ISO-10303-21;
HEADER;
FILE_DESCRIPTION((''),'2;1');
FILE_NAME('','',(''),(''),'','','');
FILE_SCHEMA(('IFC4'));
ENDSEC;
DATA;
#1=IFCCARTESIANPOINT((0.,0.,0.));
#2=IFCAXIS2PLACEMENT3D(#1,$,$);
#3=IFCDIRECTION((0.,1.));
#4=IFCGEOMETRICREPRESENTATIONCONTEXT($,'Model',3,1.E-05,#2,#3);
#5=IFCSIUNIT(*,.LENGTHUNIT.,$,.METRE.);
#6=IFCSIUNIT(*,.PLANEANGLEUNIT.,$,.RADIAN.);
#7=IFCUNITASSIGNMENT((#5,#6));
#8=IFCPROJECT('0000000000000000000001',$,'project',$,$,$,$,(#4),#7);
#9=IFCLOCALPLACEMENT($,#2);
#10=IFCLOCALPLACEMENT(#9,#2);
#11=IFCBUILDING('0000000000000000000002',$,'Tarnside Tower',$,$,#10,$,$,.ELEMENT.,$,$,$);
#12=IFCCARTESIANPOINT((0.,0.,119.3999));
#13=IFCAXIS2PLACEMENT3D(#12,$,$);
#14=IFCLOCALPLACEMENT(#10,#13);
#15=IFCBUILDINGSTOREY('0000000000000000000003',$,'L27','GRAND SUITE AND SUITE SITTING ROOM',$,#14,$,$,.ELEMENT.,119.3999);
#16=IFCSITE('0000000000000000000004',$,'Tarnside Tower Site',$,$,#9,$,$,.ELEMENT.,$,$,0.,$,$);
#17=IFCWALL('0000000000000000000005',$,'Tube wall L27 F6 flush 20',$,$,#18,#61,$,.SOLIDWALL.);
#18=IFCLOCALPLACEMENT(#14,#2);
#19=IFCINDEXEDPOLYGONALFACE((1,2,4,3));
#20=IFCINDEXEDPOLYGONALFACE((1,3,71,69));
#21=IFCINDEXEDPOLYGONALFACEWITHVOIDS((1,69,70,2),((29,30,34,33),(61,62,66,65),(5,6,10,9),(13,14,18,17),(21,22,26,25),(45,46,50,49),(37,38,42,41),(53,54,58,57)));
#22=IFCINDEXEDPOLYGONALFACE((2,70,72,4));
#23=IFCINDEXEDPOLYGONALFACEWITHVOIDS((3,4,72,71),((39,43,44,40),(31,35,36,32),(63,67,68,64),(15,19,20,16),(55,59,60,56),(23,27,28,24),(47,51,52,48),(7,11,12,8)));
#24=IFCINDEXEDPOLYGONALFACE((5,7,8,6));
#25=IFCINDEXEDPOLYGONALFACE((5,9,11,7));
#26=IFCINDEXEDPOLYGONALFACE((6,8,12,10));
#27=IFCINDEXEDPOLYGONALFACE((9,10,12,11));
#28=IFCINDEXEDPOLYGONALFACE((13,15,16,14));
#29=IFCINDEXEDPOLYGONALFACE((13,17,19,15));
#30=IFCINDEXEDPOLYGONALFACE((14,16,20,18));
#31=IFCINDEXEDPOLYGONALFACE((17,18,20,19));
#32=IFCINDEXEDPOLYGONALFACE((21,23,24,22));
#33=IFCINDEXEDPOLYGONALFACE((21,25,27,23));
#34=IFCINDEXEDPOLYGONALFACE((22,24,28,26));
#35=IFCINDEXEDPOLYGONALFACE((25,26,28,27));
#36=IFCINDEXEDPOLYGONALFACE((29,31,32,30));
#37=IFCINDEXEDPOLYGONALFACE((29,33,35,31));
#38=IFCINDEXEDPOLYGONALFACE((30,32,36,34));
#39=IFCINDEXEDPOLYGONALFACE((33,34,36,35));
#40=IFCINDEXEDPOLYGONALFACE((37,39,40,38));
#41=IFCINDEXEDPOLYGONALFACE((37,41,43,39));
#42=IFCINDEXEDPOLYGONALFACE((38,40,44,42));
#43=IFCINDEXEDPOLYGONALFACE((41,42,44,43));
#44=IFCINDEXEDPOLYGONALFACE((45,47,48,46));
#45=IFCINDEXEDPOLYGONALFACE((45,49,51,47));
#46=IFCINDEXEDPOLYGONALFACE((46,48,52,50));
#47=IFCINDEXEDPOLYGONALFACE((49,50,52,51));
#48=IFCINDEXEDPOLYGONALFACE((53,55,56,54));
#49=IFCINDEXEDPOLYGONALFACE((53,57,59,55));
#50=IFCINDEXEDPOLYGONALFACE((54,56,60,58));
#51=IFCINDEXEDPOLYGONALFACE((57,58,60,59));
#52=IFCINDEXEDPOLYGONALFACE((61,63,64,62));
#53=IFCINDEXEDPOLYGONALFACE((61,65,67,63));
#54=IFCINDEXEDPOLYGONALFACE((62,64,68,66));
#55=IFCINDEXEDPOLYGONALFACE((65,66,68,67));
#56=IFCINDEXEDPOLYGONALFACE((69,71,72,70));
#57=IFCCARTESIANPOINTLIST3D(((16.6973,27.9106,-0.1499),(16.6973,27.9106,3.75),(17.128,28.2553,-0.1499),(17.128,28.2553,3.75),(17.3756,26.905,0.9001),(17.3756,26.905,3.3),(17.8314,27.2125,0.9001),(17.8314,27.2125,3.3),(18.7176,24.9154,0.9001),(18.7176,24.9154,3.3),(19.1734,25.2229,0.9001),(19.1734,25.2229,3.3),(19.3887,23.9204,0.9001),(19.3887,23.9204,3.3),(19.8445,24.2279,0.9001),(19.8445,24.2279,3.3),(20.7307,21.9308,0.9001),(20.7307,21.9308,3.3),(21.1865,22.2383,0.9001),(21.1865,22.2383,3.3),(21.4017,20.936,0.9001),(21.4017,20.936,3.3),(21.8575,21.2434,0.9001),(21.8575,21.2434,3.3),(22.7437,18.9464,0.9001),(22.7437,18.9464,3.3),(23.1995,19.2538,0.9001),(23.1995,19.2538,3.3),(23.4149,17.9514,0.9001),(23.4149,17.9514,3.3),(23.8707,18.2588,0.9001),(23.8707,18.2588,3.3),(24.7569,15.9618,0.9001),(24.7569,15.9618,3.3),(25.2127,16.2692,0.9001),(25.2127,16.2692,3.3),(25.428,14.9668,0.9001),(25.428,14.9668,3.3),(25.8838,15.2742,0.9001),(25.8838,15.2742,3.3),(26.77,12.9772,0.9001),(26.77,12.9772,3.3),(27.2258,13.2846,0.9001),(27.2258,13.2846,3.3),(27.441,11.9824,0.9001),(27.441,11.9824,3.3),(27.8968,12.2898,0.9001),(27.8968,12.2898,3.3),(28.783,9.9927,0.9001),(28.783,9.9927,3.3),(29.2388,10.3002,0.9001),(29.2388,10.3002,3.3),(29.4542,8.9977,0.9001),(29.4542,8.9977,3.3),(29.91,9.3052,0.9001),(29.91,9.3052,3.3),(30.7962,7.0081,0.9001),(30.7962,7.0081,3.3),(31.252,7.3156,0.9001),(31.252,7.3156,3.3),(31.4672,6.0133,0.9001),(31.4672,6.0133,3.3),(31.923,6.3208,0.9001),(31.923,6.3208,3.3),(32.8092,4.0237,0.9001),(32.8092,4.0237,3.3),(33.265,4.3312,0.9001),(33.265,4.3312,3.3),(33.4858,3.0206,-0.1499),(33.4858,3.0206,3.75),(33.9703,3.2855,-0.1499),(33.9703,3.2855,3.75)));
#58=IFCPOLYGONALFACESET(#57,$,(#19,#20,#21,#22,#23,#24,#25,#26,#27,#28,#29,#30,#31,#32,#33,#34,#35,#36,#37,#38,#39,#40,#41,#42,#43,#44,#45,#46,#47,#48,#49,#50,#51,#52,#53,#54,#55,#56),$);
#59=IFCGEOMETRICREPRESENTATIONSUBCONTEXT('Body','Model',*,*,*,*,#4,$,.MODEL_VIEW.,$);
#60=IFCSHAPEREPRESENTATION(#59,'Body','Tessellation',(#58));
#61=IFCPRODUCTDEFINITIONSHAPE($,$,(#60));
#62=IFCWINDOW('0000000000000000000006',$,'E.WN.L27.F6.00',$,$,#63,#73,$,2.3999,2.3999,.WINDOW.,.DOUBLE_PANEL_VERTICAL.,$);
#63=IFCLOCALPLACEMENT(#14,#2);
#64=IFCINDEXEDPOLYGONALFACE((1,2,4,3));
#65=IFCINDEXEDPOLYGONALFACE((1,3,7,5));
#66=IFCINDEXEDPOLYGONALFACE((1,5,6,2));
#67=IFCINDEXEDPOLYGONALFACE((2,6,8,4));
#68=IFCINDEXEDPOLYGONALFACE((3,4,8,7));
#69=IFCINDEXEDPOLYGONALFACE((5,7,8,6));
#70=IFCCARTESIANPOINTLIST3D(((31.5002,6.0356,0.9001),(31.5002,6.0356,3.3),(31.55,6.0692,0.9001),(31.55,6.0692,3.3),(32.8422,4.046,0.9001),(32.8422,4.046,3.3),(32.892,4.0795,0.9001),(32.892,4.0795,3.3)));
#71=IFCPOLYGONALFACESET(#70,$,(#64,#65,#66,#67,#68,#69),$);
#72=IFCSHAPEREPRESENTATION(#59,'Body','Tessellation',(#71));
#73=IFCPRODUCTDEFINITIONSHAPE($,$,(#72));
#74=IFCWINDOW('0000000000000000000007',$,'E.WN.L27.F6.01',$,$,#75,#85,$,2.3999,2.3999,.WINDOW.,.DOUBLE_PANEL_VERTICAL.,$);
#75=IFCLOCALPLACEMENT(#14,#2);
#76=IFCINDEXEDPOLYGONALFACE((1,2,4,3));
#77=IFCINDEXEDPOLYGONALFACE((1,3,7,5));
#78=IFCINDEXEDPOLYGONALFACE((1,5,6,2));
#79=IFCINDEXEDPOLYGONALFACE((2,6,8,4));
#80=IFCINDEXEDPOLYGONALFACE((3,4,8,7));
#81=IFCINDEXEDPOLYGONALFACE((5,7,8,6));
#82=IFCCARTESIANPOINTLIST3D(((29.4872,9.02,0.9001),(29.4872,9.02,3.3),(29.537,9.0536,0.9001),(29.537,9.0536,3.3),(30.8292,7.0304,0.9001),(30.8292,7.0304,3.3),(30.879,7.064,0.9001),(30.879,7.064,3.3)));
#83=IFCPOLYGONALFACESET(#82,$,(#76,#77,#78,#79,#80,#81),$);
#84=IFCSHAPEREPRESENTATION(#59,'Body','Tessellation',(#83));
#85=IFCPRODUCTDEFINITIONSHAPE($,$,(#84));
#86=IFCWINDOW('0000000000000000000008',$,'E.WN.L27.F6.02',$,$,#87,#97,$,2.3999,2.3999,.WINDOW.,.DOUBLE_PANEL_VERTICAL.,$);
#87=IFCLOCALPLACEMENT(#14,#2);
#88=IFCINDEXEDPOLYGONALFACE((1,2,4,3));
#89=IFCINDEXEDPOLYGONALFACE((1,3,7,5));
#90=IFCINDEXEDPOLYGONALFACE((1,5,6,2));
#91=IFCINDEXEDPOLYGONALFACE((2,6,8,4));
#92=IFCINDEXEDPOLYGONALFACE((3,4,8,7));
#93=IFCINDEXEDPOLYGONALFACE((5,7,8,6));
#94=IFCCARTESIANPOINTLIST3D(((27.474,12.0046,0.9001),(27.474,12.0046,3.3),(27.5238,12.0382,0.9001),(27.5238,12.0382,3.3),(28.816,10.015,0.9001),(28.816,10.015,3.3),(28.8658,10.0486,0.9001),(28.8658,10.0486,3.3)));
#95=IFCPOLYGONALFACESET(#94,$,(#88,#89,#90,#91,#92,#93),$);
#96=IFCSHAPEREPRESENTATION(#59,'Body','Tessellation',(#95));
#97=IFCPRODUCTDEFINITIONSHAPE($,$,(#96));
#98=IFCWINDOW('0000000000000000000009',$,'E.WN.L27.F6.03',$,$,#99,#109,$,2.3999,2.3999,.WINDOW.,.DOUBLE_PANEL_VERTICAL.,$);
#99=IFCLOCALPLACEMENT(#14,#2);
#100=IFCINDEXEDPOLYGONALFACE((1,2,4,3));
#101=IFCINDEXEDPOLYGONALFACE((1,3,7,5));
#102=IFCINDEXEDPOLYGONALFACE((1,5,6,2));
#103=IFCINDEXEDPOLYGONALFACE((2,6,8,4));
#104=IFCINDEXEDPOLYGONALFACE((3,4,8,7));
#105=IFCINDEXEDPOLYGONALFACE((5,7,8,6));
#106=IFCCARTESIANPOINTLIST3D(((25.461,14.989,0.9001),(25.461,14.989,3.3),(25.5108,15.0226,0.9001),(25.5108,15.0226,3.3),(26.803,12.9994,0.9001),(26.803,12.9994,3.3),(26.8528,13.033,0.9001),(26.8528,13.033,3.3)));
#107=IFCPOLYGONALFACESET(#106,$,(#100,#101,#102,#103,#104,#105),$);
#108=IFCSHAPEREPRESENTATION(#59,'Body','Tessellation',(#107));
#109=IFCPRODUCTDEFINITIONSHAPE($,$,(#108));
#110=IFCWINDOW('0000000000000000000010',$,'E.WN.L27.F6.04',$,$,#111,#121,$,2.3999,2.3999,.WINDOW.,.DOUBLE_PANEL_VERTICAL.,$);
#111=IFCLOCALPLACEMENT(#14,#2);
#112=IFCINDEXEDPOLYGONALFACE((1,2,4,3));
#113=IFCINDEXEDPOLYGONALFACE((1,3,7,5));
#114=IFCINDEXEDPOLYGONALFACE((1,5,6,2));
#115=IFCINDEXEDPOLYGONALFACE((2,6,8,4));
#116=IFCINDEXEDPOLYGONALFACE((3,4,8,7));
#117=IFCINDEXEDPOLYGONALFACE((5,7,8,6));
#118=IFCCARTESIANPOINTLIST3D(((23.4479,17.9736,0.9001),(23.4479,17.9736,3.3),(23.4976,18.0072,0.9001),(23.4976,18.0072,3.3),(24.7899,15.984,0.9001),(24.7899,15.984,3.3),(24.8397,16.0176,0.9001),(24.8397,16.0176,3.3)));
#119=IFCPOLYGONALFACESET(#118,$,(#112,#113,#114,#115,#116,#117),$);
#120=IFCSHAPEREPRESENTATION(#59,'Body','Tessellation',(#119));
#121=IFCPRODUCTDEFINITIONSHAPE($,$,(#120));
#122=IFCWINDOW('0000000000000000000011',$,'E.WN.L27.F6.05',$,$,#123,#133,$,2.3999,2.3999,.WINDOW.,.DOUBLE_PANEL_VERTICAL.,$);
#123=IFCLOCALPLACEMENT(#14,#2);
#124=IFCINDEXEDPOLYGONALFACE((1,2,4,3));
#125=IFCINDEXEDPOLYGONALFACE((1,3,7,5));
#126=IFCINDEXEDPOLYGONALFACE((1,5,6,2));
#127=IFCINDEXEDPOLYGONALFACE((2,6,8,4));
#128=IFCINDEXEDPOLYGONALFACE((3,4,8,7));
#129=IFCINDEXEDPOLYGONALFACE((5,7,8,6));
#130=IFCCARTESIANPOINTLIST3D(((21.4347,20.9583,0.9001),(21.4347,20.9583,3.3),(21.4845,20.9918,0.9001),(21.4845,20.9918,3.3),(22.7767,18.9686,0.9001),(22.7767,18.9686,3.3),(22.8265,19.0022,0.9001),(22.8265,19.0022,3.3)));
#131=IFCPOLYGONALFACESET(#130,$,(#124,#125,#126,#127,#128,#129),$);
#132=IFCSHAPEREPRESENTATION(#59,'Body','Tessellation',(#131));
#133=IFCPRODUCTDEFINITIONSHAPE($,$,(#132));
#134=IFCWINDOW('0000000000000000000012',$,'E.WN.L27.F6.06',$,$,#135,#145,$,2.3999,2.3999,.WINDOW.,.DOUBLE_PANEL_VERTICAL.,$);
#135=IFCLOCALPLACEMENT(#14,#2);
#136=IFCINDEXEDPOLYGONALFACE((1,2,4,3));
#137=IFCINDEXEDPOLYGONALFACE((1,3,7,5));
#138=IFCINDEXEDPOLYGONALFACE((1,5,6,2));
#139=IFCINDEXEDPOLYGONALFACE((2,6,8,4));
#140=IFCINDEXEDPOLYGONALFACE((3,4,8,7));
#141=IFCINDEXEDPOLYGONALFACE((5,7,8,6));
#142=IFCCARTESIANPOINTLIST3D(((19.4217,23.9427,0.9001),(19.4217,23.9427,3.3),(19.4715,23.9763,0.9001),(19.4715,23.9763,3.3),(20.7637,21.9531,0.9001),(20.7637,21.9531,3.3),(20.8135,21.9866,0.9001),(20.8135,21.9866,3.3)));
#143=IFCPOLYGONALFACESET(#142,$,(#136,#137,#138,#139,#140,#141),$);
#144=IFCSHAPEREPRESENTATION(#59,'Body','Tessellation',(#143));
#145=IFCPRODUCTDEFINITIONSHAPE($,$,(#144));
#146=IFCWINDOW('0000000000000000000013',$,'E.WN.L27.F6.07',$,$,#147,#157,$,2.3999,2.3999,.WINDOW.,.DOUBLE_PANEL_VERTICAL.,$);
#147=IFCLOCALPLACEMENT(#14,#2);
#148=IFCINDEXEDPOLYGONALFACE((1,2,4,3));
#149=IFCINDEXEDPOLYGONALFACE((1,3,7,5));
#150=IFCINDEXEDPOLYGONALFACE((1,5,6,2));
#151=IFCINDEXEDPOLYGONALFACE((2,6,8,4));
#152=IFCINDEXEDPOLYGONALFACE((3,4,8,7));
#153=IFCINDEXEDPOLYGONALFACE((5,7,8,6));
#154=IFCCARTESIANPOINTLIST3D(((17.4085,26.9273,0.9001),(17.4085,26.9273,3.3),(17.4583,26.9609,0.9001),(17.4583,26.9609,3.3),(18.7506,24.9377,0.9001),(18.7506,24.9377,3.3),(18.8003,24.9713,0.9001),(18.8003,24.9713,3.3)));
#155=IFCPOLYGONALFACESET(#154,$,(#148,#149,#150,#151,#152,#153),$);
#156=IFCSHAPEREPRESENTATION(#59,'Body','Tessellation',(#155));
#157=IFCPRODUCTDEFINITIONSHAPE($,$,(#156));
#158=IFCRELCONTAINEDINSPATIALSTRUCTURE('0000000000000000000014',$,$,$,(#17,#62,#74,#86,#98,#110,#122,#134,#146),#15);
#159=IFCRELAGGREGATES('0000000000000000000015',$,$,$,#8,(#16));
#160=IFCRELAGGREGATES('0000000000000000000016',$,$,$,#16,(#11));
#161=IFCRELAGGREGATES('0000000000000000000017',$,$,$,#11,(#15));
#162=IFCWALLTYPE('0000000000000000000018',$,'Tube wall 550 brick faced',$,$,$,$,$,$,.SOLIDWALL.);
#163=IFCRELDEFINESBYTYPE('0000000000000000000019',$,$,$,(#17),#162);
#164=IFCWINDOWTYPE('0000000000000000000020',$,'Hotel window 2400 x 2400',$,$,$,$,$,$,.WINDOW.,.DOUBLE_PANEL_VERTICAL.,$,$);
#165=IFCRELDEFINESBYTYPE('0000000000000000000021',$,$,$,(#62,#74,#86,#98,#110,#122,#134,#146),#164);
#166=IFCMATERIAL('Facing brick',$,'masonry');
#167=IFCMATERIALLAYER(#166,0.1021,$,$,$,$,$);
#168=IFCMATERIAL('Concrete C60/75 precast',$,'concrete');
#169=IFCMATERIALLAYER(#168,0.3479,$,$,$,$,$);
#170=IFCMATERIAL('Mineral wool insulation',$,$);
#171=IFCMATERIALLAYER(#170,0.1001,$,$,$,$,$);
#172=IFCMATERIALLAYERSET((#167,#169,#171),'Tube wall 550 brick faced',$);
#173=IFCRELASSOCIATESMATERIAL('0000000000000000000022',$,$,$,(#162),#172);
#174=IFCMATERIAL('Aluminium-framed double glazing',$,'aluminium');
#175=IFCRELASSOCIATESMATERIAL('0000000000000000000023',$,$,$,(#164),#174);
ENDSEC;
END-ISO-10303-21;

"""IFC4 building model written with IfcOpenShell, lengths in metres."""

from ifc_helpers import new_model, si_unit, direction, frame, frame_2d, origin, place, context, subcontext, project, spatial, polyline, rectangle, outline, extrude, material, layer, layer_set, type_object, element, fill, save


model = new_model("IFC4")

# Units and contexts
model_context = context("Model", 3, precision=1e-05, world=origin(), true_north=direction((0.0, 1.0)))
body_context = subcontext(model_context, "Body", "Model", "MODEL_VIEW")
ifc_project = project(units=[si_unit("LENGTHUNIT", "METRE"), si_unit("PLANEANGLEUNIT", "RADIAN")], contexts=[model_context])

# Site, building, storey
site_placement = place(None, origin())
site = spatial("IfcSite", under=ifc_project, at=site_placement, Name="Tarnside Tower Site", CompositionType="ELEMENT", RefElevation=0.0)
building_placement = place(site_placement, origin())
building = spatial("IfcBuilding", under=site, at=building_placement, Name="Tarnside Tower", CompositionType="ELEMENT")
storey_placement = place(building_placement, frame((0.0, 0.0, 119.3999)))
storey = spatial("IfcBuildingStorey", under=building, at=storey_placement, Name="L27", Description="GRAND SUITE AND SUITE SITTING ROOM", CompositionType="ELEMENT", Elevation=119.3999)

# Shared definitions
ifc_material_1 = material(Name="Facing brick", Category="masonry")
ifc_layer_1 = layer(ifc_material_1, 0.1021)
ifc_material_2 = material(Name="Concrete C60/75 precast", Category="concrete")
ifc_layer_2 = layer(ifc_material_2, 0.3479)
ifc_material_3 = material(Name="Mineral wool insulation")
ifc_layer_3 = layer(ifc_material_3, 0.1001)
ifc_layer_set_1 = layer_set([ifc_layer_1, ifc_layer_2, ifc_layer_3], Name="Tube wall 550 brick faced")
wall_type_1 = type_object("IfcWallType", Name="Tube wall 550 brick faced", PredefinedType="SOLIDWALL", material=ifc_layer_set_1)

# Wall, openings, windows
wall_1_placement = place(storey_placement, frame((33.728, 3.1531, -0.1499), z_axis=(0.0, 0.0, 1.0), x_axis=(-0.559192, 0.829038, 0.0)))
wall_1 = element("IfcWall", 1, at=wall_1_placement, inside=storey, type_object=wall_type_1, Name="Tube wall L27 F6 flush 20", PredefinedType="SOLIDWALL", context=body_context, shape_type="SweptSolid", body=[
    extrude(outline(polyline([(-0.0256, -0.2749), (30.0933, -0.2749), (30.0483, 0.2749), (0.0256, 0.2749), (-0.0256, -0.2749)])), origin(), (0.0, 0.0, 1.0), 3.8999),
])
opening_1_placement = place(wall_1_placement, frame((1.2356, 0.0, 1.05)))
opening_1 = element("IfcOpeningElement", 2, at=opening_1_placement, cuts=wall_1, PredefinedType="OPENING", context=body_context, shape_type="SweptSolid", body=[
    extrude(rectangle(XDim=2.3999, YDim=2.3999, at=frame_2d((1.2, 1.2))), frame((0.0, 0.2852, 0.0), z_axis=(0.0, -1.0, 0.0), x_axis=(1.0, 0.0, 0.0)), (0.0, 0.0, 1.0), 0.5701),
])
opening_2_placement = place(wall_1_placement, frame((4.8354, 0.0, 1.05)))
opening_2 = element("IfcOpeningElement", 3, at=opening_2_placement, cuts=wall_1, PredefinedType="OPENING", context=body_context, shape_type="SweptSolid", body=[
    extrude(rectangle(XDim=2.3999, YDim=2.3999, at=frame_2d((1.2, 1.2))), frame((0.0, 0.2852, 0.0), z_axis=(0.0, -1.0, 0.0), x_axis=(1.0, 0.0, 0.0)), (0.0, 0.0, 1.0), 0.5701),
])
opening_3_placement = place(wall_1_placement, frame((8.4355, 0.0, 1.05)))
opening_3 = element("IfcOpeningElement", 4, at=opening_3_placement, cuts=wall_1, PredefinedType="OPENING", context=body_context, shape_type="SweptSolid", body=[
    extrude(rectangle(XDim=2.3999, YDim=2.3999, at=frame_2d((1.2, 1.2))), frame((0.0, 0.2852, 0.0), z_axis=(0.0, -1.0, 0.0), x_axis=(1.0, 0.0, 0.0)), (0.0, 0.0, 1.0), 0.5701),
])
opening_4_placement = place(wall_1_placement, frame((12.0354, 0.0, 1.05)))
opening_4 = element("IfcOpeningElement", 5, at=opening_4_placement, cuts=wall_1, PredefinedType="OPENING", context=body_context, shape_type="SweptSolid", body=[
    extrude(rectangle(XDim=2.3999, YDim=2.3999, at=frame_2d((1.2, 1.2))), frame((0.0, 0.2852, 0.0), z_axis=(0.0, -1.0, 0.0), x_axis=(1.0, 0.0, 0.0)), (0.0, 0.0, 1.0), 0.5701),
])
opening_5_placement = place(wall_1_placement, frame((15.6355, 0.0, 1.05)))
opening_5 = element("IfcOpeningElement", 6, at=opening_5_placement, cuts=wall_1, PredefinedType="OPENING", context=body_context, shape_type="SweptSolid", body=[
    extrude(rectangle(XDim=2.3999, YDim=2.3999, at=frame_2d((1.2, 1.2))), frame((0.0, 0.2852, 0.0), z_axis=(0.0, -1.0, 0.0), x_axis=(1.0, 0.0, 0.0)), (0.0, 0.0, 1.0), 0.5701),
])
opening_6_placement = place(wall_1_placement, frame((19.2356, 0.0, 1.05)))
opening_6 = element("IfcOpeningElement", 7, at=opening_6_placement, cuts=wall_1, PredefinedType="OPENING", context=body_context, shape_type="SweptSolid", body=[
    extrude(rectangle(XDim=2.3999, YDim=2.3999, at=frame_2d((1.2, 1.2))), frame((0.0, 0.2852, 0.0), z_axis=(0.0, -1.0, 0.0), x_axis=(1.0, 0.0, 0.0)), (0.0, 0.0, 1.0), 0.5701),
])
opening_7_placement = place(wall_1_placement, frame((22.8354, 0.0, 1.05)))
opening_7 = element("IfcOpeningElement", 8, at=opening_7_placement, cuts=wall_1, PredefinedType="OPENING", context=body_context, shape_type="SweptSolid", body=[
    extrude(rectangle(XDim=2.3999, YDim=2.3999, at=frame_2d((1.2, 1.2))), frame((0.0, 0.2852, 0.0), z_axis=(0.0, -1.0, 0.0), x_axis=(1.0, 0.0, 0.0)), (0.0, 0.0, 1.0), 0.5701),
])
opening_8_placement = place(wall_1_placement, frame((26.4355, 0.0, 1.05)))
opening_8 = element("IfcOpeningElement", 9, at=opening_8_placement, cuts=wall_1, PredefinedType="OPENING", context=body_context, shape_type="SweptSolid", body=[
    extrude(rectangle(XDim=2.3999, YDim=2.3999, at=frame_2d((1.2, 1.2))), frame((0.0, 0.2852, 0.0), z_axis=(0.0, -1.0, 0.0), x_axis=(1.0, 0.0, 0.0)), (0.0, 0.0, 1.0), 0.5701),
])
ifc_material_4 = material(Name="Aluminium-framed double glazing", Category="aluminium")
window_type = type_object("IfcWindowType", Name="Hotel window 2400 x 2400", PartitioningType="DOUBLE_PANEL_VERTICAL", PredefinedType="WINDOW", material=ifc_material_4)
window_1_placement = place(opening_1_placement, frame((0.0, 0.2051, 0.0)))
window_1 = element("IfcWindow", 10, at=window_1_placement, inside=storey, type_object=window_type, Name="E.WN.L27.F6.00", OverallHeight=2.3999, OverallWidth=2.3999, PartitioningType="DOUBLE_PANEL_VERTICAL", PredefinedType="WINDOW", context=body_context, shape_type="SweptSolid", body=[
    extrude(rectangle(XDim=2.3999, YDim=2.3999, at=frame_2d((1.2, 1.2))), frame((0.0, 0.03, 0.0), z_axis=(0.0, -1.0, 0.0), x_axis=(1.0, 0.0, 0.0)), (0.0, 0.0, 1.0), 0.0601),
])
fill(opening_1, window_1)
window_2_placement = place(opening_2_placement, frame((0.0, 0.2051, 0.0)))
window_2 = element("IfcWindow", 11, at=window_2_placement, inside=storey, type_object=window_type, Name="E.WN.L27.F6.01", OverallHeight=2.3999, OverallWidth=2.3999, PartitioningType="DOUBLE_PANEL_VERTICAL", PredefinedType="WINDOW", context=body_context, shape_type="SweptSolid", body=[
    extrude(rectangle(XDim=2.3999, YDim=2.3999, at=frame_2d((1.2, 1.2))), frame((0.0, 0.03, 0.0), z_axis=(0.0, -1.0, 0.0), x_axis=(1.0, 0.0, 0.0)), (0.0, 0.0, 1.0), 0.0601),
])
fill(opening_2, window_2)
window_3_placement = place(opening_3_placement, frame((0.0, 0.2051, 0.0)))
window_3 = element("IfcWindow", 12, at=window_3_placement, inside=storey, type_object=window_type, Name="E.WN.L27.F6.02", OverallHeight=2.3999, OverallWidth=2.3999, PartitioningType="DOUBLE_PANEL_VERTICAL", PredefinedType="WINDOW", context=body_context, shape_type="SweptSolid", body=[
    extrude(rectangle(XDim=2.3999, YDim=2.3999, at=frame_2d((1.2, 1.2))), frame((0.0, 0.03, 0.0), z_axis=(0.0, -1.0, 0.0), x_axis=(1.0, 0.0, 0.0)), (0.0, 0.0, 1.0), 0.0601),
])
fill(opening_3, window_3)
window_4_placement = place(opening_4_placement, frame((0.0, 0.2051, 0.0)))
window_4 = element("IfcWindow", 13, at=window_4_placement, inside=storey, type_object=window_type, Name="E.WN.L27.F6.03", OverallHeight=2.3999, OverallWidth=2.3999, PartitioningType="DOUBLE_PANEL_VERTICAL", PredefinedType="WINDOW", context=body_context, shape_type="SweptSolid", body=[
    extrude(rectangle(XDim=2.3999, YDim=2.3999, at=frame_2d((1.2, 1.2))), frame((0.0, 0.03, 0.0), z_axis=(0.0, -1.0, 0.0), x_axis=(1.0, 0.0, 0.0)), (0.0, 0.0, 1.0), 0.0601),
])
fill(opening_4, window_4)
window_5_placement = place(opening_5_placement, frame((0.0, 0.2051, 0.0)))
window_5 = element("IfcWindow", 14, at=window_5_placement, inside=storey, type_object=window_type, Name="E.WN.L27.F6.04", OverallHeight=2.3999, OverallWidth=2.3999, PartitioningType="DOUBLE_PANEL_VERTICAL", PredefinedType="WINDOW", context=body_context, shape_type="SweptSolid", body=[
    extrude(rectangle(XDim=2.3999, YDim=2.3999, at=frame_2d((1.2, 1.2))), frame((0.0, 0.03, 0.0), z_axis=(0.0, -1.0, 0.0), x_axis=(1.0, 0.0, 0.0)), (0.0, 0.0, 1.0), 0.0601),
])
fill(opening_5, window_5)
window_6_placement = place(opening_6_placement, frame((0.0, 0.2051, 0.0)))
window_6 = element("IfcWindow", 15, at=window_6_placement, inside=storey, type_object=window_type, Name="E.WN.L27.F6.05", OverallHeight=2.3999, OverallWidth=2.3999, PartitioningType="DOUBLE_PANEL_VERTICAL", PredefinedType="WINDOW", context=body_context, shape_type="SweptSolid", body=[
    extrude(rectangle(XDim=2.3999, YDim=2.3999, at=frame_2d((1.2, 1.2))), frame((0.0, 0.03, 0.0), z_axis=(0.0, -1.0, 0.0), x_axis=(1.0, 0.0, 0.0)), (0.0, 0.0, 1.0), 0.0601),
])
fill(opening_6, window_6)
window_7_placement = place(opening_7_placement, frame((0.0, 0.2051, 0.0)))
window_7 = element("IfcWindow", 16, at=window_7_placement, inside=storey, type_object=window_type, Name="E.WN.L27.F6.06", OverallHeight=2.3999, OverallWidth=2.3999, PartitioningType="DOUBLE_PANEL_VERTICAL", PredefinedType="WINDOW", context=body_context, shape_type="SweptSolid", body=[
    extrude(rectangle(XDim=2.3999, YDim=2.3999, at=frame_2d((1.2, 1.2))), frame((0.0, 0.03, 0.0), z_axis=(0.0, -1.0, 0.0), x_axis=(1.0, 0.0, 0.0)), (0.0, 0.0, 1.0), 0.0601),
])
fill(opening_7, window_7)
window_8_placement = place(opening_8_placement, frame((0.0, 0.2051, 0.0)))
window_8 = element("IfcWindow", 17, at=window_8_placement, inside=storey, type_object=window_type, Name="E.WN.L27.F6.07", OverallHeight=2.3999, OverallWidth=2.3999, PartitioningType="DOUBLE_PANEL_VERTICAL", PredefinedType="WINDOW", context=body_context, shape_type="SweptSolid", body=[
    extrude(rectangle(XDim=2.3999, YDim=2.3999, at=frame_2d((1.2, 1.2))), frame((0.0, 0.03, 0.0), z_axis=(0.0, -1.0, 0.0), x_axis=(1.0, 0.0, 0.0)), (0.0, 0.0, 1.0), 0.0601),
])
fill(opening_8, window_8)

save(model, "model.ifc")
